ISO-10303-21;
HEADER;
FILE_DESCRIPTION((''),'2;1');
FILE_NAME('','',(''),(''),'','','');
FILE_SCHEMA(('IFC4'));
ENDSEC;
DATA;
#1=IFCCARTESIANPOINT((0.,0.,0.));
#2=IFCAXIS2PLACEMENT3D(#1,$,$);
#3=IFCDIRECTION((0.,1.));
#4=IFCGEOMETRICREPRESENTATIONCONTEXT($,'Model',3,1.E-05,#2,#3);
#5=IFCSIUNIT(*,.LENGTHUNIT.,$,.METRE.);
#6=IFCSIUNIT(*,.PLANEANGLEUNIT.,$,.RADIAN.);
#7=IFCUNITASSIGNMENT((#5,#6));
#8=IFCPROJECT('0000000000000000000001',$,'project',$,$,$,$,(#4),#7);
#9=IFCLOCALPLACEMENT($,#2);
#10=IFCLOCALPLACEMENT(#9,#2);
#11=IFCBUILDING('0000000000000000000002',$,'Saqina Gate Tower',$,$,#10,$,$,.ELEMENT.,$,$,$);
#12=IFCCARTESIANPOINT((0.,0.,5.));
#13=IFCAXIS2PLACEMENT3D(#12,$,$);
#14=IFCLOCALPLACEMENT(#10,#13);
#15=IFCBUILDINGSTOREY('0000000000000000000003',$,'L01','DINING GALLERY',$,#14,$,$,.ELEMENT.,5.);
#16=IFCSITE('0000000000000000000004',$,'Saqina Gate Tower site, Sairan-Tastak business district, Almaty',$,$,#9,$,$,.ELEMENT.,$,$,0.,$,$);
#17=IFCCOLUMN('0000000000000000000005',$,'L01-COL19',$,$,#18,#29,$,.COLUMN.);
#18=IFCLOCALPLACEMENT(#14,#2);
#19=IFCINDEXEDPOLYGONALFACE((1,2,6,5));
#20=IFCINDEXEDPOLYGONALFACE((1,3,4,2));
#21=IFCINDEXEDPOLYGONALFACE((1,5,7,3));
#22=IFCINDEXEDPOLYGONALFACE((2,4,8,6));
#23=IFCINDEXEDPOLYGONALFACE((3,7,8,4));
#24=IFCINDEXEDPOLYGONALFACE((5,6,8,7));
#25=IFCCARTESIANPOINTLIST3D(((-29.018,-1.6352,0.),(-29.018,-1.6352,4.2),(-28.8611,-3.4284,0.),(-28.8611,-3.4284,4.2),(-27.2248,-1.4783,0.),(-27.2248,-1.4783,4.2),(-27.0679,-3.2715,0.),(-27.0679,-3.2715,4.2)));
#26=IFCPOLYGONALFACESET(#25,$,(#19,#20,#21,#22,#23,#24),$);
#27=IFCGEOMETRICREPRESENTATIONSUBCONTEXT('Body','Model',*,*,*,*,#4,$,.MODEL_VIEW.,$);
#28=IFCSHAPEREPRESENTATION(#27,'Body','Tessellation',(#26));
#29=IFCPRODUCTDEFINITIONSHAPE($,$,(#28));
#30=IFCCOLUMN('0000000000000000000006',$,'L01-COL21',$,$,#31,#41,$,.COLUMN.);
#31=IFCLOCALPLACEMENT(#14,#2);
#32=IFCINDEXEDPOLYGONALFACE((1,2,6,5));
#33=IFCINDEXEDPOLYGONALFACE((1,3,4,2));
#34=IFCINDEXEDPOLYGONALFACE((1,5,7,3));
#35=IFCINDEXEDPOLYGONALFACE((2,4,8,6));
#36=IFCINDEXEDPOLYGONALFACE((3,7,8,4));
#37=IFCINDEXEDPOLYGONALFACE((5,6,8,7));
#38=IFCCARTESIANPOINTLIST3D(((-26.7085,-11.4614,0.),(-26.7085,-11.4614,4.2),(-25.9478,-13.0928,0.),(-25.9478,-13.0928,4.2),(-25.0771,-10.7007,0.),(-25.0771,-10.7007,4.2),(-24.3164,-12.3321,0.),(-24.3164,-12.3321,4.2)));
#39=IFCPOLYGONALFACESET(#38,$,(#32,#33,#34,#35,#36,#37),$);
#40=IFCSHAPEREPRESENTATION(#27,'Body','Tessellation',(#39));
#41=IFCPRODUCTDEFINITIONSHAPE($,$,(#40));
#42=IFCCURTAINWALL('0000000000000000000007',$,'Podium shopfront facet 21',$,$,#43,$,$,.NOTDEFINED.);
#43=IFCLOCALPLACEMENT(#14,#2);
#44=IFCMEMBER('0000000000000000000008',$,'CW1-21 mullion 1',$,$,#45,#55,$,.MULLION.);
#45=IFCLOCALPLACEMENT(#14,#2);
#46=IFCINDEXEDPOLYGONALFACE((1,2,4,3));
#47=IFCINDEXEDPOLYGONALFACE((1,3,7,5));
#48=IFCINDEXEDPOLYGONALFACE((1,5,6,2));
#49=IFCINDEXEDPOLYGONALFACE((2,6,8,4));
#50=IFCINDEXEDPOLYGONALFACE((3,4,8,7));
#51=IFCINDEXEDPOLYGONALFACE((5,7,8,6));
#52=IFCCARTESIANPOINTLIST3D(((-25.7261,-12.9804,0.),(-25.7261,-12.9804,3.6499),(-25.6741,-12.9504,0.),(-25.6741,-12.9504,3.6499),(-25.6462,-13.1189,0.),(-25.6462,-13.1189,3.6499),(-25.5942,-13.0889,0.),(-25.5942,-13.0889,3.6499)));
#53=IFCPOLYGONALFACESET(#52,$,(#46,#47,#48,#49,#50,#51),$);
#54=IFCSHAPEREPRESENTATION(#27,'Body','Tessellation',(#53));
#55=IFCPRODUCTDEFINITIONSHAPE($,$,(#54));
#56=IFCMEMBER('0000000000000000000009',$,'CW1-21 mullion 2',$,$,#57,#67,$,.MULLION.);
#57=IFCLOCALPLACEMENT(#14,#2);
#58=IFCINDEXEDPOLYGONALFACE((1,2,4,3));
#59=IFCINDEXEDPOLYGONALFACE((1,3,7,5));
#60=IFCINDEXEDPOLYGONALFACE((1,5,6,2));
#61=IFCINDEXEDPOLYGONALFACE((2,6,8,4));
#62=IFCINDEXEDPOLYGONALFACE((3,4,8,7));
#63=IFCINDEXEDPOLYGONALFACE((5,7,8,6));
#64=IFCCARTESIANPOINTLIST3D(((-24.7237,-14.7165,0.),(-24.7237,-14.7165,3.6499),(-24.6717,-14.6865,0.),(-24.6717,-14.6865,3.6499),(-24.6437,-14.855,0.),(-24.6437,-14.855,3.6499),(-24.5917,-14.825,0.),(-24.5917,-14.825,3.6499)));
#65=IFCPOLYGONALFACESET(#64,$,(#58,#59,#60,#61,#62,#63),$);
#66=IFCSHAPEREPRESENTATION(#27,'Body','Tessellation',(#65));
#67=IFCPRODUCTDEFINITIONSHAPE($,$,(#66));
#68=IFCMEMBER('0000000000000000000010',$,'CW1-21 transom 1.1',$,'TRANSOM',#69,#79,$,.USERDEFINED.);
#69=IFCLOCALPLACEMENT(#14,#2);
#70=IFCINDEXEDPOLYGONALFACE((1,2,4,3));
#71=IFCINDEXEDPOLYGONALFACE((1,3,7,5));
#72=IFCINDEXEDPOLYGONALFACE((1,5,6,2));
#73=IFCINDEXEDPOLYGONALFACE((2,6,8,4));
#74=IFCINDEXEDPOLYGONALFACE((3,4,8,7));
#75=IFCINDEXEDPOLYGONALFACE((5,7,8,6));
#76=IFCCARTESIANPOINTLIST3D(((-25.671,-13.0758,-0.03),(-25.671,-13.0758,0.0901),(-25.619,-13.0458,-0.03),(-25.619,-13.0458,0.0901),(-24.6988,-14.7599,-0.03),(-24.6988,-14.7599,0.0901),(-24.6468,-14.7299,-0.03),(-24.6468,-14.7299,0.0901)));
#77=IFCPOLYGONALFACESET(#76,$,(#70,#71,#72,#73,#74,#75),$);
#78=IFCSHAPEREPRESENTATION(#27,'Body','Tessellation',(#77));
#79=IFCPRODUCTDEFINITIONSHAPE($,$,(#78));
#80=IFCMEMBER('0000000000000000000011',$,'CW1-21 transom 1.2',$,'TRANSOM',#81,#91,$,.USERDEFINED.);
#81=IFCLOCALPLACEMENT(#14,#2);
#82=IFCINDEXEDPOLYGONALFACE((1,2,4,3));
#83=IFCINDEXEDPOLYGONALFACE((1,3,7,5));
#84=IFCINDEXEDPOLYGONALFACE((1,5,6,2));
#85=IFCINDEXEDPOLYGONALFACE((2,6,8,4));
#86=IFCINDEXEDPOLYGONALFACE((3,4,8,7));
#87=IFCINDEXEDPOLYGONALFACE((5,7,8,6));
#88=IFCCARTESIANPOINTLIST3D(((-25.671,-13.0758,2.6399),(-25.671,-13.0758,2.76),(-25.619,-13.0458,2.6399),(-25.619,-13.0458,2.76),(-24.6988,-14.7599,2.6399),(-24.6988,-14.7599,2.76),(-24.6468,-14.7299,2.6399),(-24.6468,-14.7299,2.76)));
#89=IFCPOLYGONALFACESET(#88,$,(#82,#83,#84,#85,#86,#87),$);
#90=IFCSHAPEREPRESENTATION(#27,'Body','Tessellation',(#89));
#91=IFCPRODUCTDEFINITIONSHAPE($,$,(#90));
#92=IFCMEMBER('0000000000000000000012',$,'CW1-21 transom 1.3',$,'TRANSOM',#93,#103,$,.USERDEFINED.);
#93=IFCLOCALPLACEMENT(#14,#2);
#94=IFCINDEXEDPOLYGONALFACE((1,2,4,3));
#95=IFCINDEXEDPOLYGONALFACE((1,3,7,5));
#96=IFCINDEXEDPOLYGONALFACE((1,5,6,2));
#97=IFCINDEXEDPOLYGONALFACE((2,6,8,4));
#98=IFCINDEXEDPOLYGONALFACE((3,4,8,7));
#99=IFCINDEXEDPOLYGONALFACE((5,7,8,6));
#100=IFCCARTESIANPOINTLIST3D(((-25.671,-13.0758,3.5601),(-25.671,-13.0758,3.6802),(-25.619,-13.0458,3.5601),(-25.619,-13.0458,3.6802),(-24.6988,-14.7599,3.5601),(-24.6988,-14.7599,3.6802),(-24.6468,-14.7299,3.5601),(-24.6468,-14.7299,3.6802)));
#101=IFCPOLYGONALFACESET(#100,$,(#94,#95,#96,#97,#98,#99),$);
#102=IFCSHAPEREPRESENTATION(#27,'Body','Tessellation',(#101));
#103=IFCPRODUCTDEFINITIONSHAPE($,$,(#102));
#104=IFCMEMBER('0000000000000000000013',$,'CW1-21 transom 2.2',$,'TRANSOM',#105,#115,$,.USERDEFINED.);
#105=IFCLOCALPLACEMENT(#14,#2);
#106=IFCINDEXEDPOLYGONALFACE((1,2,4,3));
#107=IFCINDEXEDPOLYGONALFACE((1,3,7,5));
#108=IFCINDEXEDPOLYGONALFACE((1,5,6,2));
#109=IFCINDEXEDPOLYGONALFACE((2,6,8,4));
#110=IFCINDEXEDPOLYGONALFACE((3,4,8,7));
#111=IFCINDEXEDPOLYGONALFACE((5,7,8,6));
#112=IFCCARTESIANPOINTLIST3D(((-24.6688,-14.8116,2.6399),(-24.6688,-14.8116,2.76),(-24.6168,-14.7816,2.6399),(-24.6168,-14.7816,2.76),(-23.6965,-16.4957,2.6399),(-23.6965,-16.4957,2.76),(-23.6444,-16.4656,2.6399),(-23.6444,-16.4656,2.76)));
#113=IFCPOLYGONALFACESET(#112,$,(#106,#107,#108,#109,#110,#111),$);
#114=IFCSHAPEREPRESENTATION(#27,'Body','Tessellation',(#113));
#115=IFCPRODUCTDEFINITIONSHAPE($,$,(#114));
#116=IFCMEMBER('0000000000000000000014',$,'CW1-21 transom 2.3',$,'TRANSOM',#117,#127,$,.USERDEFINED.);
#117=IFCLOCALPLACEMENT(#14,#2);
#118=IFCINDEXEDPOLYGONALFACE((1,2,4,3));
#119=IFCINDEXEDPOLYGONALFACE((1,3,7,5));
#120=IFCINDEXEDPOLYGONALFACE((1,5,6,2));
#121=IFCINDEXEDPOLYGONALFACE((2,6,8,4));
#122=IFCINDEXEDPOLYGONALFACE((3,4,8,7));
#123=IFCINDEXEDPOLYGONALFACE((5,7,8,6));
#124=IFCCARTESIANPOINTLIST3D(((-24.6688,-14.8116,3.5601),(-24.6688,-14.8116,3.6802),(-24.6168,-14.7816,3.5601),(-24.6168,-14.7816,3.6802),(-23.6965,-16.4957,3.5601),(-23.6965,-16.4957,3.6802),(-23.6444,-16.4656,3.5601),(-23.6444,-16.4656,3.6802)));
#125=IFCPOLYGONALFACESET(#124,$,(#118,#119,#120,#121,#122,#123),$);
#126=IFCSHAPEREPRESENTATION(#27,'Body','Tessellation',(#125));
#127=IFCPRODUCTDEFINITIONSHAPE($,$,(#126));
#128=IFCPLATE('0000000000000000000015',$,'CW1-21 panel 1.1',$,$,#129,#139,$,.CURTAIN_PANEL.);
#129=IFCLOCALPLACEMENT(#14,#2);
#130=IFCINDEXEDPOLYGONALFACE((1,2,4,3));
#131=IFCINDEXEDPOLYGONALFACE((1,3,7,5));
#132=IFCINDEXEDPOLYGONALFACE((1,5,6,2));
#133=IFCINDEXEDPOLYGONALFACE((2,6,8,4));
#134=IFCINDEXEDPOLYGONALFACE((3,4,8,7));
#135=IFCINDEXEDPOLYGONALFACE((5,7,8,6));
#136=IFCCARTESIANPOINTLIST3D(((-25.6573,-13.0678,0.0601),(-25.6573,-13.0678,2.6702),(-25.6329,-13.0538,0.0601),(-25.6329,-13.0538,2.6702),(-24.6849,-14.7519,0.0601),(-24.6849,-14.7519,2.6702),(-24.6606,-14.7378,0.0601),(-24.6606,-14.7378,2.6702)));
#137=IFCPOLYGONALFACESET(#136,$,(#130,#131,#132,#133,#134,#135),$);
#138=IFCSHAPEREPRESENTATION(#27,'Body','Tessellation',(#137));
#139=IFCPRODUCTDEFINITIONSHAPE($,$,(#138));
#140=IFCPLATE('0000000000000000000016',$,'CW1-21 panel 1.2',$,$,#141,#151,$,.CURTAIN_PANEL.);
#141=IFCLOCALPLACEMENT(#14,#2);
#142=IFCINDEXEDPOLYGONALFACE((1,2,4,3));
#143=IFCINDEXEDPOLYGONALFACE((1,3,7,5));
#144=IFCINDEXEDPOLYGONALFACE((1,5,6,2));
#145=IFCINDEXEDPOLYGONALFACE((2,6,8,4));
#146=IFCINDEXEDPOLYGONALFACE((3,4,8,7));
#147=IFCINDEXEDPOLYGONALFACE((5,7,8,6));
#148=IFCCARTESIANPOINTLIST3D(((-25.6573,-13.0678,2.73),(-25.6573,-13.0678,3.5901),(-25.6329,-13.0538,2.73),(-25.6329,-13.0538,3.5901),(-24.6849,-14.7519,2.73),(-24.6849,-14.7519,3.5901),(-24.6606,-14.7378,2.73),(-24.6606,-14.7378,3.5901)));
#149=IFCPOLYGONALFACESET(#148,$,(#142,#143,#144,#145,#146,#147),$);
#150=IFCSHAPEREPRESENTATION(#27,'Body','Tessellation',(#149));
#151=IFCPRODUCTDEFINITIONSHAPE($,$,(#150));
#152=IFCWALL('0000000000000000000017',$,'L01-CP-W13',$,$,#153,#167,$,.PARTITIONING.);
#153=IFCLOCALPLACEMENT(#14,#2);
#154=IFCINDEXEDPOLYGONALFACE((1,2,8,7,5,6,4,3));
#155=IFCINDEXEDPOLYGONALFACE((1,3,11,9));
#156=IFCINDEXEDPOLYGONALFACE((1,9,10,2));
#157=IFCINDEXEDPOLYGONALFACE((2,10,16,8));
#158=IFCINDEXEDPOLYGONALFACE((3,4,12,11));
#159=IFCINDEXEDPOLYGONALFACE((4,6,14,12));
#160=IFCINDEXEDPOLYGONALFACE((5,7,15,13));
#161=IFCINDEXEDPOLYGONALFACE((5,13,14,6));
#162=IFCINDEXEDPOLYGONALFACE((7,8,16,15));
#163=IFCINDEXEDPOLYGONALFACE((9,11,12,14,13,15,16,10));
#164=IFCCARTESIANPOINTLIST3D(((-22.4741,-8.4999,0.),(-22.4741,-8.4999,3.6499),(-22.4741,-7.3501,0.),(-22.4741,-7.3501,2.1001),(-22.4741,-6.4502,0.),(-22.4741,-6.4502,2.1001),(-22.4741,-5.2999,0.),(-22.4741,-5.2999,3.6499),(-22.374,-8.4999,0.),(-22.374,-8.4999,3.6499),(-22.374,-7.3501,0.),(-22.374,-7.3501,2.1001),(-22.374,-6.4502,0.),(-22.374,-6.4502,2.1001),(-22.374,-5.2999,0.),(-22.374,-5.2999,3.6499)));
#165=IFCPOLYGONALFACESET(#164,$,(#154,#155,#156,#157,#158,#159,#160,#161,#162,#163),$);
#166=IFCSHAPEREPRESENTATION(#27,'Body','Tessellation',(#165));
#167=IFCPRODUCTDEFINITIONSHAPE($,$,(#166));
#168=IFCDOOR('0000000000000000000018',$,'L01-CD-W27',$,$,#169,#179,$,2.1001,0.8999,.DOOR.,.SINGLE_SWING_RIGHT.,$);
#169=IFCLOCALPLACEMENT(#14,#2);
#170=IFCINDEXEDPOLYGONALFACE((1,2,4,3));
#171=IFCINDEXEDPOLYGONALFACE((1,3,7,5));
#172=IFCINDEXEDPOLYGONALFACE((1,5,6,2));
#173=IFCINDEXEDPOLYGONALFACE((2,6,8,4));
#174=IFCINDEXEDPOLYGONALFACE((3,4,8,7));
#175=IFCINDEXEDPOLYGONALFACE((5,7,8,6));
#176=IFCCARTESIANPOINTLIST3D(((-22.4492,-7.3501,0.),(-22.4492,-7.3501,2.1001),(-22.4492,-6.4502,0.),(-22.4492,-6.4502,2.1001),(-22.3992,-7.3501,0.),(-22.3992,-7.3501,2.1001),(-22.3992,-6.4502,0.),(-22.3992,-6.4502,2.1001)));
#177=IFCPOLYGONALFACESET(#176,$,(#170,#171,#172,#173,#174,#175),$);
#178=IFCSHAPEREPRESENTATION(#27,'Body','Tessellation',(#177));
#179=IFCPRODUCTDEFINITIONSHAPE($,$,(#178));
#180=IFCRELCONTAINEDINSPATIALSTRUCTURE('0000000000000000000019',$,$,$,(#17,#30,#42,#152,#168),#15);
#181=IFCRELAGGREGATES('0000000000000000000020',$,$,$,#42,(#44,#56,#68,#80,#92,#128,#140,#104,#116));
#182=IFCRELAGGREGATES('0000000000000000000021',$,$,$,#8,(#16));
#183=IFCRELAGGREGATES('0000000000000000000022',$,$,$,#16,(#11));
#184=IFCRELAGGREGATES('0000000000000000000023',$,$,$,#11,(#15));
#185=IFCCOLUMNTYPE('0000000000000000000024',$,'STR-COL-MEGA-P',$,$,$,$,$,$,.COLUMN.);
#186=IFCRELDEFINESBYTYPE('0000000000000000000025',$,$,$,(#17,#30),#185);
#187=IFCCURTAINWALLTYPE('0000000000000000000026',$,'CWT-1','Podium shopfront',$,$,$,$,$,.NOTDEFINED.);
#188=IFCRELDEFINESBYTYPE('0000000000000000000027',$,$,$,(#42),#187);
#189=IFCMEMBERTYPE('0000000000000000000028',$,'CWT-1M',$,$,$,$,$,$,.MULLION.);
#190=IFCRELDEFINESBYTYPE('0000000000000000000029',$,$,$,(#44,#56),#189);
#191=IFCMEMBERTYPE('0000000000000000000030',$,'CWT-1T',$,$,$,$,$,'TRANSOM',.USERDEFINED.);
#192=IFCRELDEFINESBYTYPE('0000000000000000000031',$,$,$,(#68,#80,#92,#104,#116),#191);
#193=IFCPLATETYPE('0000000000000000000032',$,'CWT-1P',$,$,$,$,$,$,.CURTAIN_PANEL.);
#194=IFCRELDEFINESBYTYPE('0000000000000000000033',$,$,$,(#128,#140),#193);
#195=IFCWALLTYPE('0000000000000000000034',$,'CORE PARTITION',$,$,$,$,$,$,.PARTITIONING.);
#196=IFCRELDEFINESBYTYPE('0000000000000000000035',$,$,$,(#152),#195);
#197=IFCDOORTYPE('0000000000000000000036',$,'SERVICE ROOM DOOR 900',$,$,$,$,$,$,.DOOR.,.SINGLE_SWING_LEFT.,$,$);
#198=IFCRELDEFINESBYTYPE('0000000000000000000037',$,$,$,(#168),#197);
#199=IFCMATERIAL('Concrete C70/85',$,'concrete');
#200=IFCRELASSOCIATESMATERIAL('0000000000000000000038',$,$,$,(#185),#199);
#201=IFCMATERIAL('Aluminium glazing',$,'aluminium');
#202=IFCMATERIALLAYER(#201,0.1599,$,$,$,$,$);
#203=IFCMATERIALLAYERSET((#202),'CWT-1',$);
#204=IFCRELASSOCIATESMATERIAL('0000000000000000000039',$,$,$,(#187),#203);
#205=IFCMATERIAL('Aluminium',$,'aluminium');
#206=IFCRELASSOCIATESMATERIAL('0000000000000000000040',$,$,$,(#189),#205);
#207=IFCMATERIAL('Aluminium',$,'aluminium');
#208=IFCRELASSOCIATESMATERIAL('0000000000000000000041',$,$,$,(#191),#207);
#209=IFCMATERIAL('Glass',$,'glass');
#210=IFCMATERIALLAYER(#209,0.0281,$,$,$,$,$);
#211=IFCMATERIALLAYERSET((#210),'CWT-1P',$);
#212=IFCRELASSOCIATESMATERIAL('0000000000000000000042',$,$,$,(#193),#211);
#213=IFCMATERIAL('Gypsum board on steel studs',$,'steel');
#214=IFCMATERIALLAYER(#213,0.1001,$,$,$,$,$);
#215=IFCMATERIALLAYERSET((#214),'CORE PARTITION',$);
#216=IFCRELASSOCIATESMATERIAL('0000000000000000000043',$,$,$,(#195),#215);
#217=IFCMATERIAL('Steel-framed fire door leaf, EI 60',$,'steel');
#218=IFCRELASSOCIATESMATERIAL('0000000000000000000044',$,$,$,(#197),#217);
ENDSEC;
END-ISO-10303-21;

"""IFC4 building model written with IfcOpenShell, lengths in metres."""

from ifc_helpers import new_model, si_unit, direction, frame, frame_2d, origin, origin_2d, place, context, subcontext, project, spatial, rectangle, extrude, material, layer, layer_set, material_profile, profile_set, type_object, element, fill, aggregate, save


model = new_model("IFC4")

# Units and contexts
model_context = context("Model", 3, precision=1e-05, world=origin(), true_north=direction((0.0, 1.0)))
body_context = subcontext(model_context, "Body", "Model", "MODEL_VIEW")
ifc_project = project(units=[si_unit("LENGTHUNIT", "METRE"), si_unit("PLANEANGLEUNIT", "RADIAN")], contexts=[model_context])

# Site, building, storey
site_placement = place(None, origin())
site = spatial("IfcSite", under=ifc_project, at=site_placement, Name="Saqina Gate Tower site, Sairan-Tastak business district, Almaty", CompositionType="ELEMENT", RefElevation=0.0)
building_placement = place(site_placement, origin())
building = spatial("IfcBuilding", under=site, at=building_placement, Name="Saqina Gate Tower", CompositionType="ELEMENT")
storey_placement = place(building_placement, frame((0.0, 0.0, 5.0)))
storey = spatial("IfcBuildingStorey", under=building, at=storey_placement, Name="L01", Description="DINING GALLERY", CompositionType="ELEMENT", Elevation=5.0)

# Columns
ifc_material_1 = material(Name="Concrete C70/85", Category="concrete")
ifc_material_profile_1 = material_profile(ifc_material_1, rectangle(XDim=1.8, YDim=1.8, at=origin_2d()), Name="RC 1800x1800")
ifc_profile_set_1 = profile_set([ifc_material_profile_1], Name="Concrete C70/85")
column_type = type_object("IfcColumnType", Name="STR-COL-MEGA-P", PredefinedType="COLUMN", material=ifc_profile_set_1)
for number, where, z_axis, x_axis, name in (
    (1, (-28.043, -2.4534, 0.0), (0.0, 0.0, 1.0), (-0.996195, -0.087156, 0.0), "L01-COL19"),
    (2, (-25.5125, -11.8967, 0.0), (0.0, 0.0, 1.0), (-0.906308, -0.422618, 0.0), "L01-COL21"),
):
    element("IfcColumn", number, at=place(storey_placement, frame(where, z_axis=z_axis, x_axis=x_axis)), inside=storey, type_object=column_type, Name=name, PredefinedType="COLUMN", context=body_context, shape_type="SweptSolid", body=[
        extrude(rectangle(XDim=1.8, YDim=1.8, at=origin_2d()), origin(), (0.0, 0.0, 1.0), 4.2),
    ])

# Curtain wall, members, plates
ifc_material_2 = material(Name="Aluminium glazing", Category="aluminium")
ifc_layer_1 = layer(ifc_material_2, 0.1599)
ifc_layer_set_1 = layer_set([ifc_layer_1], Name="CWT-1")
curtain_wall_type = type_object("IfcCurtainWallType", Name="CWT-1", Description="Podium shopfront", PredefinedType="NOTDEFINED", material=ifc_layer_set_1)
curtain_wall_placement = place(storey_placement, origin())
curtain_wall = element("IfcCurtainWall", 3, at=curtain_wall_placement, inside=storey, type_object=curtain_wall_type, Name="Podium shopfront facet 21", PredefinedType="NOTDEFINED")
ifc_material_3 = material(Name="Aluminium", Category="aluminium")
ifc_material_profile_2 = material_profile(ifc_material_3, rectangle(XDim=0.0601, YDim=0.1599, at=origin_2d()), Name="Aluminium 60x160")
ifc_profile_set_2 = profile_set([ifc_material_profile_2], Name="Aluminium")
member_type_1 = type_object("IfcMemberType", Name="CWT-1M", PredefinedType="MULLION", material=ifc_profile_set_2)
member_1_placement = place(storey_placement, frame((-25.6602, -13.0347, 0.0), z_axis=(0.0, 0.0, 1.0), x_axis=(0.866017, 0.500014, 0.0)))
member_1 = element("IfcMember", 4, at=member_1_placement, type_object=member_type_1, Name="CW1-21 mullion 1", PredefinedType="MULLION", context=body_context, shape_type="SweptSolid", body=[
    extrude(rectangle(XDim=0.0601, YDim=0.1599, at=origin_2d()), origin(), (0.0, 0.0, 1.0), 3.6499),
])
member_2_placement = place(storey_placement, frame((-24.6577, -14.7708, 0.0), z_axis=(0.0, 0.0, 1.0), x_axis=(0.866017, 0.500014, 0.0)))
member_2 = element("IfcMember", 5, at=member_2_placement, type_object=member_type_1, Name="CW1-21 mullion 2", PredefinedType="MULLION", context=body_context, shape_type="SweptSolid", body=[
    extrude(rectangle(XDim=0.0601, YDim=0.1599, at=origin_2d()), origin(), (0.0, 0.0, 1.0), 3.6499),
])
ifc_material_4 = material(Name="Aluminium", Category="aluminium")
ifc_material_profile_3 = material_profile(ifc_material_4, rectangle(XDim=0.0601, YDim=0.1201, at=origin_2d()), Name="Aluminium 60x120")
ifc_profile_set_3 = profile_set([ifc_material_profile_3], Name="Aluminium")
member_type_2 = type_object("IfcMemberType", Name="CWT-1T", ElementType="TRANSOM", PredefinedType="USERDEFINED", material=ifc_profile_set_3)
member_3_placement = place(storey_placement, frame((-25.645, -13.0608, 0.03), z_axis=(0.499947, -0.866056, 0.0), x_axis=(0.866056, 0.499947, 0.0)))
member_3 = element("IfcMember", 6, at=member_3_placement, type_object=member_type_2, Name="CW1-21 transom 1.1", ObjectType="TRANSOM", PredefinedType="USERDEFINED", context=body_context, shape_type="SweptSolid", body=[
    extrude(rectangle(XDim=0.0601, YDim=0.1201, at=origin_2d()), origin(), (0.0, 0.0, 1.0), 1.9446),
])
member_4_placement = place(storey_placement, frame((-25.645, -13.0608, 2.7), z_axis=(0.499947, -0.866056, 0.0), x_axis=(0.866056, 0.499947, 0.0)))
member_4 = element("IfcMember", 7, at=member_4_placement, type_object=member_type_2, Name="CW1-21 transom 1.2", ObjectType="TRANSOM", PredefinedType="USERDEFINED", context=body_context, shape_type="SweptSolid", body=[
    extrude(rectangle(XDim=0.0601, YDim=0.1201, at=origin_2d()), origin(), (0.0, 0.0, 1.0), 1.9446),
])
member_5_placement = place(storey_placement, frame((-25.645, -13.0608, 3.6201), z_axis=(0.499947, -0.866056, 0.0), x_axis=(0.866056, 0.499947, 0.0)))
member_5 = element("IfcMember", 8, at=member_5_placement, type_object=member_type_2, Name="CW1-21 transom 1.3", ObjectType="TRANSOM", PredefinedType="USERDEFINED", context=body_context, shape_type="SweptSolid", body=[
    extrude(rectangle(XDim=0.0601, YDim=0.1201, at=origin_2d()), origin(), (0.0, 0.0, 1.0), 1.9446),
])
member_6_placement = place(storey_placement, frame((-24.6428, -14.7966, 2.7), z_axis=(0.500041, -0.866002, 0.0), x_axis=(0.866002, 0.500041, 0.0)))
member_6 = element("IfcMember", 9, at=member_6_placement, type_object=member_type_2, Name="CW1-21 transom 2.2", ObjectType="TRANSOM", PredefinedType="USERDEFINED", context=body_context, shape_type="SweptSolid", body=[
    extrude(rectangle(XDim=0.0601, YDim=0.1201, at=origin_2d()), origin(), (0.0, 0.0, 1.0), 1.9446),
])
member_7_placement = place(storey_placement, frame((-24.6428, -14.7966, 3.6201), z_axis=(0.500041, -0.866002, 0.0), x_axis=(0.866002, 0.500041, 0.0)))
member_7 = element("IfcMember", 10, at=member_7_placement, type_object=member_type_2, Name="CW1-21 transom 2.3", ObjectType="TRANSOM", PredefinedType="USERDEFINED", context=body_context, shape_type="SweptSolid", body=[
    extrude(rectangle(XDim=0.0601, YDim=0.1201, at=origin_2d()), origin(), (0.0, 0.0, 1.0), 1.9446),
])
ifc_material_5 = material(Name="Glass", Category="glass")
ifc_layer_2 = layer(ifc_material_5, 0.0281)
ifc_layer_set_2 = layer_set([ifc_layer_2], Name="CWT-1P")
plate_type = type_object("IfcPlateType", Name="CWT-1P", PredefinedType="CURTAIN_PANEL", material=ifc_layer_set_2)
plate_1_placement = place(storey_placement, frame((-25.1589, -13.9028, 0.0601), z_axis=(0.0, 0.0, 1.0), x_axis=(0.500014, -0.866017, 0.0)))
plate_1 = element("IfcPlate", 11, at=plate_1_placement, type_object=plate_type, Name="CW1-21 panel 1.1", PredefinedType="CURTAIN_PANEL", context=body_context, shape_type="SweptSolid", body=[
    extrude(rectangle(XDim=1.9446, YDim=0.0281, at=origin_2d()), origin(), (0.0, 0.0, 1.0), 2.6101),
])
plate_2_placement = place(storey_placement, frame((-25.1589, -13.9028, 2.73), z_axis=(0.0, 0.0, 1.0), x_axis=(0.500014, -0.866017, 0.0)))
plate_2 = element("IfcPlate", 12, at=plate_2_placement, type_object=plate_type, Name="CW1-21 panel 1.2", PredefinedType="CURTAIN_PANEL", context=body_context, shape_type="SweptSolid", body=[
    extrude(rectangle(XDim=1.9446, YDim=0.0281, at=origin_2d()), origin(), (0.0, 0.0, 1.0), 0.8601),
])
aggregate(curtain_wall, [member_1, member_2, member_3, member_4, member_5, plate_1, plate_2, member_6, member_7])

# Wall, opening, door
ifc_material_6 = material(Name="Gypsum board on steel studs", Category="steel")
ifc_layer_3 = layer(ifc_material_6, 0.1001)
ifc_layer_set_3 = layer_set([ifc_layer_3], Name="CORE PARTITION")
wall_type_1 = type_object("IfcWallType", Name="CORE PARTITION", PredefinedType="PARTITIONING", material=ifc_layer_set_3)
wall_1_placement = place(storey_placement, frame((-22.4241, -8.5, 0.0), z_axis=(0.0, 0.0, 1.0), x_axis=(0.0, 1.0, 0.0)))
wall_1 = element("IfcWall", 13, at=wall_1_placement, inside=storey, type_object=wall_type_1, Name="L01-CP-W13", PredefinedType="PARTITIONING", context=body_context, shape_type="SweptSolid", body=[
    extrude(rectangle(XDim=3.2, YDim=0.1001, at=frame_2d((1.6001, 0.0))), origin(), (0.0, 0.0, 1.0), 3.6499),
])
opening_1_placement = place(wall_1_placement, frame((1.1499, 0.0, 0.0)))
opening_1 = element("IfcOpeningElement", 14, at=opening_1_placement, cuts=wall_1, PredefinedType="OPENING", context=body_context, shape_type="SweptSolid", body=[
    extrude(rectangle(XDim=0.8999, YDim=2.1001, at=frame_2d((0.45, 1.05))), frame((0.0, 0.062, 0.0), z_axis=(0.0, -1.0, 0.0), x_axis=(1.0, 0.0, 0.0)), (0.0, 0.0, 1.0), 0.124),
])
ifc_material_7 = material(Name="Steel-framed fire door leaf, EI 60", Category="steel")
door_type_1 = type_object("IfcDoorType", Name="SERVICE ROOM DOOR 900", OperationType="SINGLE_SWING_LEFT", PredefinedType="DOOR", material=ifc_material_7)
door_1_placement = place(opening_1_placement, frame((0.8999, 0.0, 0.0), z_axis=(0.0, 0.0, 1.0), x_axis=(-1.0, 0.0, 0.0)))
door_1 = element("IfcDoor", 15, at=door_1_placement, inside=storey, type_object=door_type_1, Name="L01-CD-W27", OperationType="SINGLE_SWING_RIGHT", OverallHeight=2.1001, OverallWidth=0.8999, PredefinedType="DOOR", context=body_context, shape_type="SweptSolid", body=[
    extrude(rectangle(XDim=0.8999, YDim=2.1001, at=frame_2d((0.45, 1.05))), frame((0.0, 0.0249, 0.0), z_axis=(0.0, -1.0, 0.0), x_axis=(1.0, 0.0, 0.0)), (0.0, 0.0, 1.0), 0.05),
])
fill(opening_1, door_1)

save(model, "model.ifc")
